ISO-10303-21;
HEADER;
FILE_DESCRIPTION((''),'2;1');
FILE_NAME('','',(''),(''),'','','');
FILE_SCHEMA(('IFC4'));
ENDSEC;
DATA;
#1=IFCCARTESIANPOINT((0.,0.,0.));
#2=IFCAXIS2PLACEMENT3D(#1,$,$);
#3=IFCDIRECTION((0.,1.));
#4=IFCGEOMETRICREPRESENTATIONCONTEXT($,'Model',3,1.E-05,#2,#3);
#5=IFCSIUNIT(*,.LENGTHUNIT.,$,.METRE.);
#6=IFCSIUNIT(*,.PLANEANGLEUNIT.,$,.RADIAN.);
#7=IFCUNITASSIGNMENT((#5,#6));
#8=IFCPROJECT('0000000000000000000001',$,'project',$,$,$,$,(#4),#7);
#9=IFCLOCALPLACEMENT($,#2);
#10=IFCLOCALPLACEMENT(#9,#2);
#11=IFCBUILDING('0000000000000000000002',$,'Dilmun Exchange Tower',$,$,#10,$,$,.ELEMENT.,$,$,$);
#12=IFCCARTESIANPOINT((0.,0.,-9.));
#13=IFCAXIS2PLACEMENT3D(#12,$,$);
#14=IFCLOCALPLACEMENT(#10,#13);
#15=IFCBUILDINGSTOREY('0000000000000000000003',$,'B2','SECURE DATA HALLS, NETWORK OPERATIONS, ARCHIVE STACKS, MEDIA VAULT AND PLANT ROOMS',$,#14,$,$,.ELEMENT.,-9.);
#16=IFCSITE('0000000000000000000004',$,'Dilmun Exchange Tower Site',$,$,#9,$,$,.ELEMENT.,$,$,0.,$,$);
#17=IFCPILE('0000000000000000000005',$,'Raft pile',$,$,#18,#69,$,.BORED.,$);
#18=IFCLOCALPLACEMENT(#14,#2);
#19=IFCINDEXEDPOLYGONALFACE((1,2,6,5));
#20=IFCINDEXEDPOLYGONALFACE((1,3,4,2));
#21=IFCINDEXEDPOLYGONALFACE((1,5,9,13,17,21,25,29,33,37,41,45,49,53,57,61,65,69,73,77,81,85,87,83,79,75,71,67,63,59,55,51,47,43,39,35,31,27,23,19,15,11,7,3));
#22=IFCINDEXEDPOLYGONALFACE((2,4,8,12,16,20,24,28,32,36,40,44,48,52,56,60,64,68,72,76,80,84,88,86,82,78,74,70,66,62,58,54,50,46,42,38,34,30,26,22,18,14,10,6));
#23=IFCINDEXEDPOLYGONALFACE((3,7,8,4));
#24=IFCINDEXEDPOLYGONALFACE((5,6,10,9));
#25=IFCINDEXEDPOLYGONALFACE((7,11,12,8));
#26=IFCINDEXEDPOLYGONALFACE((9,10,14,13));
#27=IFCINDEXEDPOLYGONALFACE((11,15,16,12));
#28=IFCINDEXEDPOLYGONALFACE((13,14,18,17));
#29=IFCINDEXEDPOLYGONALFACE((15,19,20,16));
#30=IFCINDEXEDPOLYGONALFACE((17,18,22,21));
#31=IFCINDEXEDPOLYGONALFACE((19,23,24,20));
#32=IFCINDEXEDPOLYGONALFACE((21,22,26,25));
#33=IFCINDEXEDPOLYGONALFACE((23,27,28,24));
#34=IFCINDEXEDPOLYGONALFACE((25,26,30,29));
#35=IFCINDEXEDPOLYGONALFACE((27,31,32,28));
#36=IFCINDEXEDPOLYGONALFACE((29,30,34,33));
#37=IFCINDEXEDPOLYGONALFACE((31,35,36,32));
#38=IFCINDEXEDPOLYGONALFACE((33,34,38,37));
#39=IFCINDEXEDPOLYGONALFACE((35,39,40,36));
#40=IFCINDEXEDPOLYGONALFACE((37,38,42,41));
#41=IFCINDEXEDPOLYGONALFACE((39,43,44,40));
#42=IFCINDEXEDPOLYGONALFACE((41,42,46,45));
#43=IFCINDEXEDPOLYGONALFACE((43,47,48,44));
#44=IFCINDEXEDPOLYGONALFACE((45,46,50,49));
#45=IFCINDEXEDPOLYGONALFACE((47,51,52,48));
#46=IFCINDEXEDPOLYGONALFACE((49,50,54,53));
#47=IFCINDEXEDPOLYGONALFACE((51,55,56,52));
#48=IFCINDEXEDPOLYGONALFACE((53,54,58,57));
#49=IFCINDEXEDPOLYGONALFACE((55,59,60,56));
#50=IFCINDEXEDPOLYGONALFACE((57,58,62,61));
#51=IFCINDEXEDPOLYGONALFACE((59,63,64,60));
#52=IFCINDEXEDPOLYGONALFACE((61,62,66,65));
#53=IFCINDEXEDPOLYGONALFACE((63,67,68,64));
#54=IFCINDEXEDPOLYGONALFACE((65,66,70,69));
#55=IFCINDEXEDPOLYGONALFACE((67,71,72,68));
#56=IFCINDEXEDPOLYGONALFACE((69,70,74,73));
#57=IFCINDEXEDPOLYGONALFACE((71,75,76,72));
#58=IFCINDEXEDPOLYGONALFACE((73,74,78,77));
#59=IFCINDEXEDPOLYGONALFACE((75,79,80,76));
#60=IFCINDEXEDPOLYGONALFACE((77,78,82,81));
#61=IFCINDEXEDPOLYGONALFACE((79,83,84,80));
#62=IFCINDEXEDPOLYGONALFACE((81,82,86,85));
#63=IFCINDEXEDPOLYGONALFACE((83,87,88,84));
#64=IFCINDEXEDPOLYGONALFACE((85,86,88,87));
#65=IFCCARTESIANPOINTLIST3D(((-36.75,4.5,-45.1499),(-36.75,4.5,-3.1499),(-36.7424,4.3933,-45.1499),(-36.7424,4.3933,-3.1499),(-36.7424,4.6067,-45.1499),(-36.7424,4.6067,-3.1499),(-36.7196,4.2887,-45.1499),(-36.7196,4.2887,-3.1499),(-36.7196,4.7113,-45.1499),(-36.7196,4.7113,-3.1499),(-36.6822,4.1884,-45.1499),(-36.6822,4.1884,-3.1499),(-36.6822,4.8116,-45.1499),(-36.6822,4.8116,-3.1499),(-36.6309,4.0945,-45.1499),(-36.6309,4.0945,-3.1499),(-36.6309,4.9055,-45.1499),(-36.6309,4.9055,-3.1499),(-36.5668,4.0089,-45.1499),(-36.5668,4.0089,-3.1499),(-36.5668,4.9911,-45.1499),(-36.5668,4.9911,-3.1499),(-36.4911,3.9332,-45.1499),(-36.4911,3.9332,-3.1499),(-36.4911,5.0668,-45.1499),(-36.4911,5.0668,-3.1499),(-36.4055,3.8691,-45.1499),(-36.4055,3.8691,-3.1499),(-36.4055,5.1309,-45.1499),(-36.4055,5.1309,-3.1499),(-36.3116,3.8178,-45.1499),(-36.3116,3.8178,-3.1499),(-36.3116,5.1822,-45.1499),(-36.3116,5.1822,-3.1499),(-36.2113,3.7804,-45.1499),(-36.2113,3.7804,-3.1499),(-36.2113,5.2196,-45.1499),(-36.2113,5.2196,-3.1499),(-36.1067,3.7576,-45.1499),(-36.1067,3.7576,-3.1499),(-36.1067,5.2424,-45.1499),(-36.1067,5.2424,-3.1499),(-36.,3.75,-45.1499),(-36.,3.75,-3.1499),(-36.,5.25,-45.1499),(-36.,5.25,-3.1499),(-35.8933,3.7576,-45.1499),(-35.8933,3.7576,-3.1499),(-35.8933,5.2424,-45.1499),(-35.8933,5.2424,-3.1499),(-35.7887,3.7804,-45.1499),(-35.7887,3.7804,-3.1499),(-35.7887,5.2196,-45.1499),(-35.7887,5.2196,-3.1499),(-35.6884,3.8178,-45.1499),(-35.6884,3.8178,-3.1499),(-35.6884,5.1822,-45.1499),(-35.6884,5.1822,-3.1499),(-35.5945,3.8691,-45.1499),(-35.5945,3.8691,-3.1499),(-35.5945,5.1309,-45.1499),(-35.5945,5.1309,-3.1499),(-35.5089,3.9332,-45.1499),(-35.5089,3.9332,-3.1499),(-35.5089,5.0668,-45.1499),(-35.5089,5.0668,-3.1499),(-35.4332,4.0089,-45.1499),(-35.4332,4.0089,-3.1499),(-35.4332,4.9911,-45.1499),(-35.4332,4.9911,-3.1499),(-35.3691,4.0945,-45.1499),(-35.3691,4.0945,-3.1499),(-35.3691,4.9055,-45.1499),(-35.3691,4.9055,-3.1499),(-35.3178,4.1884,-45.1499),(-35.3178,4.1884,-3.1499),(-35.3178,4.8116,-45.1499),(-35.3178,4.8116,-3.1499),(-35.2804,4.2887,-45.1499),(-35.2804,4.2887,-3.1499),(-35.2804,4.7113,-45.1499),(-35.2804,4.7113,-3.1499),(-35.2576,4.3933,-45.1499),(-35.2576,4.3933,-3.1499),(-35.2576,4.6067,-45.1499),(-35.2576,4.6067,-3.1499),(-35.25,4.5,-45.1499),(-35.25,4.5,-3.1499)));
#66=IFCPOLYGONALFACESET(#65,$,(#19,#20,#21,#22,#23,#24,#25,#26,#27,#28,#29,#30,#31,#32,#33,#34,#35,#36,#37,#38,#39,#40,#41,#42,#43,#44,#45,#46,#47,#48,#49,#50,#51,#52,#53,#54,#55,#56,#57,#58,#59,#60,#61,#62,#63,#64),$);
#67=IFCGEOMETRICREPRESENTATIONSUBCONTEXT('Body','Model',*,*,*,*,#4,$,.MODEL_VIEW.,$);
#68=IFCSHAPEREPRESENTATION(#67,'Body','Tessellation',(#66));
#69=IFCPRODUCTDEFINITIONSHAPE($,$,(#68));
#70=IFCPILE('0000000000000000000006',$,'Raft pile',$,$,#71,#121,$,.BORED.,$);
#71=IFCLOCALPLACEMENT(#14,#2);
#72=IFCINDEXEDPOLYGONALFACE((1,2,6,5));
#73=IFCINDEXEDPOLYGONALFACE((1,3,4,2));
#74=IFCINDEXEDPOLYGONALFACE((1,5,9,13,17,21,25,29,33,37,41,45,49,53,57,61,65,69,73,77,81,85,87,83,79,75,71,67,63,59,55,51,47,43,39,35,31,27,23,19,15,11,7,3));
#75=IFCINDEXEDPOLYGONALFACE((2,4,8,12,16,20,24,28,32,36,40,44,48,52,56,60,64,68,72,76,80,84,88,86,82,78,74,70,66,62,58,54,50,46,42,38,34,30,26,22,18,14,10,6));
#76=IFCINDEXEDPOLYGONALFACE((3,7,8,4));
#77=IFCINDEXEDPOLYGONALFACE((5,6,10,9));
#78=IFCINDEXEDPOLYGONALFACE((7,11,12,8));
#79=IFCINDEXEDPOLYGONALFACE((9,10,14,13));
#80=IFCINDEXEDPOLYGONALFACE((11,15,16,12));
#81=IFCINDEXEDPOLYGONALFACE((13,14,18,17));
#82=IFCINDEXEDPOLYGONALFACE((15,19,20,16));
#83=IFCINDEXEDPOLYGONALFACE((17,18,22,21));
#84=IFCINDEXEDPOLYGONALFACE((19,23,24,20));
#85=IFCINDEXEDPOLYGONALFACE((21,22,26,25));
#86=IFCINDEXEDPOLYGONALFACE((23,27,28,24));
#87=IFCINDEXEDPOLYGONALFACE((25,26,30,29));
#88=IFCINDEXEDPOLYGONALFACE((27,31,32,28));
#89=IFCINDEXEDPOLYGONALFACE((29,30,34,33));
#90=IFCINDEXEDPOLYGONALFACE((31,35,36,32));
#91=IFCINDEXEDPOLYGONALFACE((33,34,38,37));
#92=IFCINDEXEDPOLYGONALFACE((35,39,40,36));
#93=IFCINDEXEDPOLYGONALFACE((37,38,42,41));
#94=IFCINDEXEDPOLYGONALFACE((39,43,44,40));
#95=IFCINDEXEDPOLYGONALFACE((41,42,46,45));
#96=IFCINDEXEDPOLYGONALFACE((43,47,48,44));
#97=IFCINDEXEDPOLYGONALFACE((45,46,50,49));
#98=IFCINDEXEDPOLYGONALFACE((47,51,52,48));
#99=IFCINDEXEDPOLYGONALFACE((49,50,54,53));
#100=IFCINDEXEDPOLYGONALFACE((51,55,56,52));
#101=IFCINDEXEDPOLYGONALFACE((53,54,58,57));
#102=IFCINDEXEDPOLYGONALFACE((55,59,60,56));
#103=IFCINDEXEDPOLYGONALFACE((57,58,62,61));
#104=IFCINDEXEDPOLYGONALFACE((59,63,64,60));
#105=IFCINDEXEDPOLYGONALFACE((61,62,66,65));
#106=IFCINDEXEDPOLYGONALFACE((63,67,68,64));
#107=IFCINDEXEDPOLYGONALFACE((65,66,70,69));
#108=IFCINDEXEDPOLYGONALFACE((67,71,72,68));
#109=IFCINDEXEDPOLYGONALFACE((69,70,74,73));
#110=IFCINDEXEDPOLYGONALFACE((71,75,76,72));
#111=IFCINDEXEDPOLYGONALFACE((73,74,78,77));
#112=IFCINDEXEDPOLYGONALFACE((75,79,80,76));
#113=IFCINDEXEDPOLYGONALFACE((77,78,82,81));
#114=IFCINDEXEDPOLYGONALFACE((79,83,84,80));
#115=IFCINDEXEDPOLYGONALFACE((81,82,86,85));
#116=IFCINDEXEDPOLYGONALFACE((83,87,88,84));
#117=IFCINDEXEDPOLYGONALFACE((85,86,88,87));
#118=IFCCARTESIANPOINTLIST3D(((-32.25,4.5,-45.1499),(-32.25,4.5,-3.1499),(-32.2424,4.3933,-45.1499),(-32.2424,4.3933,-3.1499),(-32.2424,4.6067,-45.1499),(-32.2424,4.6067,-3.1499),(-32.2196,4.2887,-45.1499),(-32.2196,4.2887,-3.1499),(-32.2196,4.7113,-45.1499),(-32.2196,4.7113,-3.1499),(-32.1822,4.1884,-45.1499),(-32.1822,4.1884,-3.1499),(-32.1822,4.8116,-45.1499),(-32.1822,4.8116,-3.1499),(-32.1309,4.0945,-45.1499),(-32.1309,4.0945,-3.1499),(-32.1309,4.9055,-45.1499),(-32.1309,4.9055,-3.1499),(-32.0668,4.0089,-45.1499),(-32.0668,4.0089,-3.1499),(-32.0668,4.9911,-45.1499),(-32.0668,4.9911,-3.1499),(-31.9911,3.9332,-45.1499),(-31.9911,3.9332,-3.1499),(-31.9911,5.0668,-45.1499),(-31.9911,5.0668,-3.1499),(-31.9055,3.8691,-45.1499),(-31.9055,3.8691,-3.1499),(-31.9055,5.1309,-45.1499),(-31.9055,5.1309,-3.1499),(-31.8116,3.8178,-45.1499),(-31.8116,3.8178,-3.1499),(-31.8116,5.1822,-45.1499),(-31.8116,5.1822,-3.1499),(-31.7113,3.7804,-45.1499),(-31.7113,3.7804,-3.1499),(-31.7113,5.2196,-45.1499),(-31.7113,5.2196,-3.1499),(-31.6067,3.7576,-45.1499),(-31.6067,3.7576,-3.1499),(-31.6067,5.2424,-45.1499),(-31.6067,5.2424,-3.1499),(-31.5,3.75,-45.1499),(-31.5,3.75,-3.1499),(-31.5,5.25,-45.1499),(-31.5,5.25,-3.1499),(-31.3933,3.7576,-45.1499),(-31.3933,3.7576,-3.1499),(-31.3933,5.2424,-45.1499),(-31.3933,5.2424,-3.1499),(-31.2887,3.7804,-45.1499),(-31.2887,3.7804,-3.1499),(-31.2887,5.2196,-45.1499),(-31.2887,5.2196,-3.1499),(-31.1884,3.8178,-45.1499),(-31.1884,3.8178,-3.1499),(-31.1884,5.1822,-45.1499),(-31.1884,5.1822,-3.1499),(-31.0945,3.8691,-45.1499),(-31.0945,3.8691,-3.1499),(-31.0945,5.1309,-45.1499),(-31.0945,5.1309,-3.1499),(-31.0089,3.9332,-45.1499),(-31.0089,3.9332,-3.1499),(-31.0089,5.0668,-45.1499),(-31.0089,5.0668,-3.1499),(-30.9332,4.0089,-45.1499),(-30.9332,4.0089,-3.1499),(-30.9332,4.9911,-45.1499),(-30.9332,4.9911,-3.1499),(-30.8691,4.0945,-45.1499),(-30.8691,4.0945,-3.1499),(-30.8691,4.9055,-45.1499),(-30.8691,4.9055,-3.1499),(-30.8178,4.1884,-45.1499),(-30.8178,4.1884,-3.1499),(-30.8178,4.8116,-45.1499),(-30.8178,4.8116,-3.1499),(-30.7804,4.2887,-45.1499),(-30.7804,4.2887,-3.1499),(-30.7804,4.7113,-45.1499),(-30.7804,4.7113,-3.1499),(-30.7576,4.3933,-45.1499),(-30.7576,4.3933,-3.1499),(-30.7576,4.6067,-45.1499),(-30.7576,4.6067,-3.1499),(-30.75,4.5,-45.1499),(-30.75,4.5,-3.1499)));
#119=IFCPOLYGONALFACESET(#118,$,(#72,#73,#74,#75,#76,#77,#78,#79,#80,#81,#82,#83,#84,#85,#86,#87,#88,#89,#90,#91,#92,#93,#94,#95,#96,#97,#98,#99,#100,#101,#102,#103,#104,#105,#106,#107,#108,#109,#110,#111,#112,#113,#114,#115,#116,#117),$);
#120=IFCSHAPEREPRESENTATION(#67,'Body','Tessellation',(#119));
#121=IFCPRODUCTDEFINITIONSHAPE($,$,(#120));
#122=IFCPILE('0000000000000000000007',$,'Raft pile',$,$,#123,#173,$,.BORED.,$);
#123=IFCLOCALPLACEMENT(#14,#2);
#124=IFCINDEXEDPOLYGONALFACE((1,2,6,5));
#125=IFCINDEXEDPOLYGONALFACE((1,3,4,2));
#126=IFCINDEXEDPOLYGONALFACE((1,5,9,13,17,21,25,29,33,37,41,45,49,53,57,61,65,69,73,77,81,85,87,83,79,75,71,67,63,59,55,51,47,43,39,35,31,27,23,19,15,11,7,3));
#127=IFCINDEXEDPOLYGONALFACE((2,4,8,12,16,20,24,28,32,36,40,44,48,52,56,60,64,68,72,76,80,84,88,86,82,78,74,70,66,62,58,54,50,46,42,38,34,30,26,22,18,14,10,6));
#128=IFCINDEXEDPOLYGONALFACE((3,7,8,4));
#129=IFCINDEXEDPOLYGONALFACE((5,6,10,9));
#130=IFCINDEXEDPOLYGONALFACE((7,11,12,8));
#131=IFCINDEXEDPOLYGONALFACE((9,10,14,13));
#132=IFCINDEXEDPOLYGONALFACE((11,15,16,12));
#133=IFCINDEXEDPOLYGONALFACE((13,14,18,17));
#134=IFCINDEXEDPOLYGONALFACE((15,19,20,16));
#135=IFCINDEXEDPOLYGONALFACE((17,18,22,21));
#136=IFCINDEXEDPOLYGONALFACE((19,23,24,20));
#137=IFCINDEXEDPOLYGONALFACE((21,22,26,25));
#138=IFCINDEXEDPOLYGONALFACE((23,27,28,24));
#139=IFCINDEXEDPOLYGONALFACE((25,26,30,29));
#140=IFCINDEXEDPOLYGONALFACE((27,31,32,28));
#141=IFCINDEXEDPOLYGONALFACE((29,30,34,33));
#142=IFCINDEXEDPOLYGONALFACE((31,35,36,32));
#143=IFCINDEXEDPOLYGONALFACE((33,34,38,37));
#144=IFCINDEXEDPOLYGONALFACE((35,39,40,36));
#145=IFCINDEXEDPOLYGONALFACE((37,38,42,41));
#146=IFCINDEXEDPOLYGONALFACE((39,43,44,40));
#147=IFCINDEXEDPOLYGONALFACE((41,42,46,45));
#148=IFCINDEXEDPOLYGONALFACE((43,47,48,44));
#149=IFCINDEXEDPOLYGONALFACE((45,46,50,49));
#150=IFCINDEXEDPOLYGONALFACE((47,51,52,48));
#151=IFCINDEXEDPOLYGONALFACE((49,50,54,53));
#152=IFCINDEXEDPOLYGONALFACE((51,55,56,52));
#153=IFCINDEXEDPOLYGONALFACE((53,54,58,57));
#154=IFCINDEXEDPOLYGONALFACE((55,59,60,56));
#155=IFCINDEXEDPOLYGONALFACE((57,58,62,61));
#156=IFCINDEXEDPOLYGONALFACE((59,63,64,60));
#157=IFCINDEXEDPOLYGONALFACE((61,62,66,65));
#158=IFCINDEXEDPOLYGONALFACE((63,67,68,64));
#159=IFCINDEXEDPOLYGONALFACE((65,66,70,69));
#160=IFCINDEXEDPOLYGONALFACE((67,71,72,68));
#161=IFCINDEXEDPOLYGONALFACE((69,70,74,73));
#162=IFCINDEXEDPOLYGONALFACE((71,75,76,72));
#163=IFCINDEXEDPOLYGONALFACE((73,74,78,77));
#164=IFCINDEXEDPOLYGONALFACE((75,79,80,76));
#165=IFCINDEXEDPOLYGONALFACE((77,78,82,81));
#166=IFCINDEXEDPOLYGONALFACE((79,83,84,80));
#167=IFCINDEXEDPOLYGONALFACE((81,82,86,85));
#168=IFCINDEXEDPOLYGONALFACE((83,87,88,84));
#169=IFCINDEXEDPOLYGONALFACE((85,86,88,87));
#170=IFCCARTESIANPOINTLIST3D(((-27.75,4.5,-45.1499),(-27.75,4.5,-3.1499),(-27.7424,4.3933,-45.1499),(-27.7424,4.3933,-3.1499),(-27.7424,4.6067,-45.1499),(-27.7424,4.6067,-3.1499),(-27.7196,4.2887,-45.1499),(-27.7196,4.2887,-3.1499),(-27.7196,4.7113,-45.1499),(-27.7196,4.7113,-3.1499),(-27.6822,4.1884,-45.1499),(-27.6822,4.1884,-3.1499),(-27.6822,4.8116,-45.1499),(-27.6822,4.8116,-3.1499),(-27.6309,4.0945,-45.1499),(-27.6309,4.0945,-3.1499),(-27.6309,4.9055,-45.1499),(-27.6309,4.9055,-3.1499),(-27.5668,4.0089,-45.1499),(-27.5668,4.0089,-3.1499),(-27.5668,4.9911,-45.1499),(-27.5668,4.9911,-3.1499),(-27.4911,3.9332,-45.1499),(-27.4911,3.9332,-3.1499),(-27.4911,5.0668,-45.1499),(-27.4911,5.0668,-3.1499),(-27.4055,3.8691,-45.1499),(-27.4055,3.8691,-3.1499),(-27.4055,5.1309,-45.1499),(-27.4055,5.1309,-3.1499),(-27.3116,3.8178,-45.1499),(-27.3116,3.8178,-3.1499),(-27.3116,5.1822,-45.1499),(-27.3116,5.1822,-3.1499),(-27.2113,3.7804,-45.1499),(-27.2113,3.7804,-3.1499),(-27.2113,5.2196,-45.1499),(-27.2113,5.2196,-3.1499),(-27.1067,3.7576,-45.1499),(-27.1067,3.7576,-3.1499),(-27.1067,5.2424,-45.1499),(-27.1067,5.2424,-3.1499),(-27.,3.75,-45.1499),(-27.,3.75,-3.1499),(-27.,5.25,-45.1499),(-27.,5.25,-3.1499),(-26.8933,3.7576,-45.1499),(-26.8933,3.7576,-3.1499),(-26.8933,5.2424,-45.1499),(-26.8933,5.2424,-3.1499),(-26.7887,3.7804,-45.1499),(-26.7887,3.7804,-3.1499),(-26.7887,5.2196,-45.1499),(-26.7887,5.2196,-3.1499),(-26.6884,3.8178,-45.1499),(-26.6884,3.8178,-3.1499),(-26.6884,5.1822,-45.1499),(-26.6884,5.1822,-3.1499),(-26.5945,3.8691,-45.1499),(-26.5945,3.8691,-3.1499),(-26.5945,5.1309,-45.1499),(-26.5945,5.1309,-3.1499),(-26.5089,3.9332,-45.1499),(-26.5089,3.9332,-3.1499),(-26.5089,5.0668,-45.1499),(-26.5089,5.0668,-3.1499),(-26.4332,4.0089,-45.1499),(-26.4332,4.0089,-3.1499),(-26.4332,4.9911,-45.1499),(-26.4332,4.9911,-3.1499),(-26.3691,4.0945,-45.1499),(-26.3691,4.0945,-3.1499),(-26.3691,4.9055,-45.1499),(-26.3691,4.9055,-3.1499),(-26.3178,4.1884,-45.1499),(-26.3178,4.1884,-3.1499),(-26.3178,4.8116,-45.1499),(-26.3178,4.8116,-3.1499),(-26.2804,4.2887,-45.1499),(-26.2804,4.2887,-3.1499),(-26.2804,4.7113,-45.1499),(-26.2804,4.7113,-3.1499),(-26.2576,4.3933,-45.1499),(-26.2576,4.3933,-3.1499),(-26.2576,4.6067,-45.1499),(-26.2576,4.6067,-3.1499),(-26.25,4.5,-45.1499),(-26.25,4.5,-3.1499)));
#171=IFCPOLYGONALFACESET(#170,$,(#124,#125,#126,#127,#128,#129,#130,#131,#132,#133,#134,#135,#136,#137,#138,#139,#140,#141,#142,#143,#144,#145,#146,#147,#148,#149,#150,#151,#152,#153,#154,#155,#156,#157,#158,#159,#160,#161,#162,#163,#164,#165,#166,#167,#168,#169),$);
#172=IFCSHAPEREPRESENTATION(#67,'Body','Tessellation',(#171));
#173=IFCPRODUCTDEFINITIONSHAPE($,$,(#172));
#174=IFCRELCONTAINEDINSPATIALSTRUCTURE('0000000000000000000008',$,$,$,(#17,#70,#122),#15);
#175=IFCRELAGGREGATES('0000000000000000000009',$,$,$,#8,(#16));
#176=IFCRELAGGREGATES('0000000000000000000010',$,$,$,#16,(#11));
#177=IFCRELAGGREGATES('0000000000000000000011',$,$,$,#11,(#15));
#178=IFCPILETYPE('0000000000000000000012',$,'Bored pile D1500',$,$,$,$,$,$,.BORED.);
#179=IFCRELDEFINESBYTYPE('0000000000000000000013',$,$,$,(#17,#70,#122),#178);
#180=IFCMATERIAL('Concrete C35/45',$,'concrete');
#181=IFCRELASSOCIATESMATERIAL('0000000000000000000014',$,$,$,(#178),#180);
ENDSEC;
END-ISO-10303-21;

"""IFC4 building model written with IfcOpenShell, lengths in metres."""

from ifc_helpers import new_model, si_unit, direction, frame, origin, origin_2d, place, context, subcontext, project, spatial, circle, extrude, material, material_profile, profile_set, type_object, element, save


model = new_model("IFC4")

# Units and contexts
model_context = context("Model", 3, precision=1e-05, world=origin(), true_north=direction((0.0, 1.0)))
body_context = subcontext(model_context, "Body", "Model", "MODEL_VIEW")
ifc_project = project(units=[si_unit("LENGTHUNIT", "METRE"), si_unit("PLANEANGLEUNIT", "RADIAN")], contexts=[model_context])

# Site, building, storey
site_placement = place(None, origin())
site = spatial("IfcSite", under=ifc_project, at=site_placement, Name="Dilmun Exchange Tower Site", CompositionType="ELEMENT", RefElevation=0.0)
building_placement = place(site_placement, origin())
building = spatial("IfcBuilding", under=site, at=building_placement, Name="Dilmun Exchange Tower", CompositionType="ELEMENT")
storey_placement = place(building_placement, frame((0.0, 0.0, -9.0)))
storey = spatial("IfcBuildingStorey", under=building, at=storey_placement, Name="B2", Description="SECURE DATA HALLS, NETWORK OPERATIONS, ARCHIVE STACKS, MEDIA VAULT AND PLANT ROOMS", CompositionType="ELEMENT", Elevation=-9.0)

# Piles
ifc_material_1 = material(Name="Concrete C35/45", Category="concrete")
ifc_material_profile_1 = material_profile(ifc_material_1, circle(Radius=0.75, at=origin_2d()), Name="D1500")
ifc_profile_set_1 = profile_set([ifc_material_profile_1], Name="Concrete C35/45")
pile_type = type_object("IfcPileType", Name="Bored pile D1500", PredefinedType="BORED", material=ifc_profile_set_1)
for number, where, z_axis, x_axis, name in (
    (1, (-36.0, 4.5, -3.1499), (0.0, 0.0, -1.0), (1.0, 0.0, 0.0), "Raft pile"),
    (2, (-31.5, 4.5, -3.1499), (0.0, 0.0, -1.0), (1.0, 0.0, 0.0), "Raft pile"),
    (3, (-27.0, 4.5, -3.1499), (0.0, 0.0, -1.0), (1.0, 0.0, 0.0), "Raft pile"),
):
    element("IfcPile", number, at=place(storey_placement, frame(where, z_axis=z_axis, x_axis=x_axis)), inside=storey, type_object=pile_type, Name=name, PredefinedType="BORED", context=body_context, shape_type="SweptSolid", body=[
        extrude(circle(Radius=0.75, at=origin_2d()), origin(), (0.0, 0.0, 1.0), 42.0),
    ])

save(model, "model.ifc")
